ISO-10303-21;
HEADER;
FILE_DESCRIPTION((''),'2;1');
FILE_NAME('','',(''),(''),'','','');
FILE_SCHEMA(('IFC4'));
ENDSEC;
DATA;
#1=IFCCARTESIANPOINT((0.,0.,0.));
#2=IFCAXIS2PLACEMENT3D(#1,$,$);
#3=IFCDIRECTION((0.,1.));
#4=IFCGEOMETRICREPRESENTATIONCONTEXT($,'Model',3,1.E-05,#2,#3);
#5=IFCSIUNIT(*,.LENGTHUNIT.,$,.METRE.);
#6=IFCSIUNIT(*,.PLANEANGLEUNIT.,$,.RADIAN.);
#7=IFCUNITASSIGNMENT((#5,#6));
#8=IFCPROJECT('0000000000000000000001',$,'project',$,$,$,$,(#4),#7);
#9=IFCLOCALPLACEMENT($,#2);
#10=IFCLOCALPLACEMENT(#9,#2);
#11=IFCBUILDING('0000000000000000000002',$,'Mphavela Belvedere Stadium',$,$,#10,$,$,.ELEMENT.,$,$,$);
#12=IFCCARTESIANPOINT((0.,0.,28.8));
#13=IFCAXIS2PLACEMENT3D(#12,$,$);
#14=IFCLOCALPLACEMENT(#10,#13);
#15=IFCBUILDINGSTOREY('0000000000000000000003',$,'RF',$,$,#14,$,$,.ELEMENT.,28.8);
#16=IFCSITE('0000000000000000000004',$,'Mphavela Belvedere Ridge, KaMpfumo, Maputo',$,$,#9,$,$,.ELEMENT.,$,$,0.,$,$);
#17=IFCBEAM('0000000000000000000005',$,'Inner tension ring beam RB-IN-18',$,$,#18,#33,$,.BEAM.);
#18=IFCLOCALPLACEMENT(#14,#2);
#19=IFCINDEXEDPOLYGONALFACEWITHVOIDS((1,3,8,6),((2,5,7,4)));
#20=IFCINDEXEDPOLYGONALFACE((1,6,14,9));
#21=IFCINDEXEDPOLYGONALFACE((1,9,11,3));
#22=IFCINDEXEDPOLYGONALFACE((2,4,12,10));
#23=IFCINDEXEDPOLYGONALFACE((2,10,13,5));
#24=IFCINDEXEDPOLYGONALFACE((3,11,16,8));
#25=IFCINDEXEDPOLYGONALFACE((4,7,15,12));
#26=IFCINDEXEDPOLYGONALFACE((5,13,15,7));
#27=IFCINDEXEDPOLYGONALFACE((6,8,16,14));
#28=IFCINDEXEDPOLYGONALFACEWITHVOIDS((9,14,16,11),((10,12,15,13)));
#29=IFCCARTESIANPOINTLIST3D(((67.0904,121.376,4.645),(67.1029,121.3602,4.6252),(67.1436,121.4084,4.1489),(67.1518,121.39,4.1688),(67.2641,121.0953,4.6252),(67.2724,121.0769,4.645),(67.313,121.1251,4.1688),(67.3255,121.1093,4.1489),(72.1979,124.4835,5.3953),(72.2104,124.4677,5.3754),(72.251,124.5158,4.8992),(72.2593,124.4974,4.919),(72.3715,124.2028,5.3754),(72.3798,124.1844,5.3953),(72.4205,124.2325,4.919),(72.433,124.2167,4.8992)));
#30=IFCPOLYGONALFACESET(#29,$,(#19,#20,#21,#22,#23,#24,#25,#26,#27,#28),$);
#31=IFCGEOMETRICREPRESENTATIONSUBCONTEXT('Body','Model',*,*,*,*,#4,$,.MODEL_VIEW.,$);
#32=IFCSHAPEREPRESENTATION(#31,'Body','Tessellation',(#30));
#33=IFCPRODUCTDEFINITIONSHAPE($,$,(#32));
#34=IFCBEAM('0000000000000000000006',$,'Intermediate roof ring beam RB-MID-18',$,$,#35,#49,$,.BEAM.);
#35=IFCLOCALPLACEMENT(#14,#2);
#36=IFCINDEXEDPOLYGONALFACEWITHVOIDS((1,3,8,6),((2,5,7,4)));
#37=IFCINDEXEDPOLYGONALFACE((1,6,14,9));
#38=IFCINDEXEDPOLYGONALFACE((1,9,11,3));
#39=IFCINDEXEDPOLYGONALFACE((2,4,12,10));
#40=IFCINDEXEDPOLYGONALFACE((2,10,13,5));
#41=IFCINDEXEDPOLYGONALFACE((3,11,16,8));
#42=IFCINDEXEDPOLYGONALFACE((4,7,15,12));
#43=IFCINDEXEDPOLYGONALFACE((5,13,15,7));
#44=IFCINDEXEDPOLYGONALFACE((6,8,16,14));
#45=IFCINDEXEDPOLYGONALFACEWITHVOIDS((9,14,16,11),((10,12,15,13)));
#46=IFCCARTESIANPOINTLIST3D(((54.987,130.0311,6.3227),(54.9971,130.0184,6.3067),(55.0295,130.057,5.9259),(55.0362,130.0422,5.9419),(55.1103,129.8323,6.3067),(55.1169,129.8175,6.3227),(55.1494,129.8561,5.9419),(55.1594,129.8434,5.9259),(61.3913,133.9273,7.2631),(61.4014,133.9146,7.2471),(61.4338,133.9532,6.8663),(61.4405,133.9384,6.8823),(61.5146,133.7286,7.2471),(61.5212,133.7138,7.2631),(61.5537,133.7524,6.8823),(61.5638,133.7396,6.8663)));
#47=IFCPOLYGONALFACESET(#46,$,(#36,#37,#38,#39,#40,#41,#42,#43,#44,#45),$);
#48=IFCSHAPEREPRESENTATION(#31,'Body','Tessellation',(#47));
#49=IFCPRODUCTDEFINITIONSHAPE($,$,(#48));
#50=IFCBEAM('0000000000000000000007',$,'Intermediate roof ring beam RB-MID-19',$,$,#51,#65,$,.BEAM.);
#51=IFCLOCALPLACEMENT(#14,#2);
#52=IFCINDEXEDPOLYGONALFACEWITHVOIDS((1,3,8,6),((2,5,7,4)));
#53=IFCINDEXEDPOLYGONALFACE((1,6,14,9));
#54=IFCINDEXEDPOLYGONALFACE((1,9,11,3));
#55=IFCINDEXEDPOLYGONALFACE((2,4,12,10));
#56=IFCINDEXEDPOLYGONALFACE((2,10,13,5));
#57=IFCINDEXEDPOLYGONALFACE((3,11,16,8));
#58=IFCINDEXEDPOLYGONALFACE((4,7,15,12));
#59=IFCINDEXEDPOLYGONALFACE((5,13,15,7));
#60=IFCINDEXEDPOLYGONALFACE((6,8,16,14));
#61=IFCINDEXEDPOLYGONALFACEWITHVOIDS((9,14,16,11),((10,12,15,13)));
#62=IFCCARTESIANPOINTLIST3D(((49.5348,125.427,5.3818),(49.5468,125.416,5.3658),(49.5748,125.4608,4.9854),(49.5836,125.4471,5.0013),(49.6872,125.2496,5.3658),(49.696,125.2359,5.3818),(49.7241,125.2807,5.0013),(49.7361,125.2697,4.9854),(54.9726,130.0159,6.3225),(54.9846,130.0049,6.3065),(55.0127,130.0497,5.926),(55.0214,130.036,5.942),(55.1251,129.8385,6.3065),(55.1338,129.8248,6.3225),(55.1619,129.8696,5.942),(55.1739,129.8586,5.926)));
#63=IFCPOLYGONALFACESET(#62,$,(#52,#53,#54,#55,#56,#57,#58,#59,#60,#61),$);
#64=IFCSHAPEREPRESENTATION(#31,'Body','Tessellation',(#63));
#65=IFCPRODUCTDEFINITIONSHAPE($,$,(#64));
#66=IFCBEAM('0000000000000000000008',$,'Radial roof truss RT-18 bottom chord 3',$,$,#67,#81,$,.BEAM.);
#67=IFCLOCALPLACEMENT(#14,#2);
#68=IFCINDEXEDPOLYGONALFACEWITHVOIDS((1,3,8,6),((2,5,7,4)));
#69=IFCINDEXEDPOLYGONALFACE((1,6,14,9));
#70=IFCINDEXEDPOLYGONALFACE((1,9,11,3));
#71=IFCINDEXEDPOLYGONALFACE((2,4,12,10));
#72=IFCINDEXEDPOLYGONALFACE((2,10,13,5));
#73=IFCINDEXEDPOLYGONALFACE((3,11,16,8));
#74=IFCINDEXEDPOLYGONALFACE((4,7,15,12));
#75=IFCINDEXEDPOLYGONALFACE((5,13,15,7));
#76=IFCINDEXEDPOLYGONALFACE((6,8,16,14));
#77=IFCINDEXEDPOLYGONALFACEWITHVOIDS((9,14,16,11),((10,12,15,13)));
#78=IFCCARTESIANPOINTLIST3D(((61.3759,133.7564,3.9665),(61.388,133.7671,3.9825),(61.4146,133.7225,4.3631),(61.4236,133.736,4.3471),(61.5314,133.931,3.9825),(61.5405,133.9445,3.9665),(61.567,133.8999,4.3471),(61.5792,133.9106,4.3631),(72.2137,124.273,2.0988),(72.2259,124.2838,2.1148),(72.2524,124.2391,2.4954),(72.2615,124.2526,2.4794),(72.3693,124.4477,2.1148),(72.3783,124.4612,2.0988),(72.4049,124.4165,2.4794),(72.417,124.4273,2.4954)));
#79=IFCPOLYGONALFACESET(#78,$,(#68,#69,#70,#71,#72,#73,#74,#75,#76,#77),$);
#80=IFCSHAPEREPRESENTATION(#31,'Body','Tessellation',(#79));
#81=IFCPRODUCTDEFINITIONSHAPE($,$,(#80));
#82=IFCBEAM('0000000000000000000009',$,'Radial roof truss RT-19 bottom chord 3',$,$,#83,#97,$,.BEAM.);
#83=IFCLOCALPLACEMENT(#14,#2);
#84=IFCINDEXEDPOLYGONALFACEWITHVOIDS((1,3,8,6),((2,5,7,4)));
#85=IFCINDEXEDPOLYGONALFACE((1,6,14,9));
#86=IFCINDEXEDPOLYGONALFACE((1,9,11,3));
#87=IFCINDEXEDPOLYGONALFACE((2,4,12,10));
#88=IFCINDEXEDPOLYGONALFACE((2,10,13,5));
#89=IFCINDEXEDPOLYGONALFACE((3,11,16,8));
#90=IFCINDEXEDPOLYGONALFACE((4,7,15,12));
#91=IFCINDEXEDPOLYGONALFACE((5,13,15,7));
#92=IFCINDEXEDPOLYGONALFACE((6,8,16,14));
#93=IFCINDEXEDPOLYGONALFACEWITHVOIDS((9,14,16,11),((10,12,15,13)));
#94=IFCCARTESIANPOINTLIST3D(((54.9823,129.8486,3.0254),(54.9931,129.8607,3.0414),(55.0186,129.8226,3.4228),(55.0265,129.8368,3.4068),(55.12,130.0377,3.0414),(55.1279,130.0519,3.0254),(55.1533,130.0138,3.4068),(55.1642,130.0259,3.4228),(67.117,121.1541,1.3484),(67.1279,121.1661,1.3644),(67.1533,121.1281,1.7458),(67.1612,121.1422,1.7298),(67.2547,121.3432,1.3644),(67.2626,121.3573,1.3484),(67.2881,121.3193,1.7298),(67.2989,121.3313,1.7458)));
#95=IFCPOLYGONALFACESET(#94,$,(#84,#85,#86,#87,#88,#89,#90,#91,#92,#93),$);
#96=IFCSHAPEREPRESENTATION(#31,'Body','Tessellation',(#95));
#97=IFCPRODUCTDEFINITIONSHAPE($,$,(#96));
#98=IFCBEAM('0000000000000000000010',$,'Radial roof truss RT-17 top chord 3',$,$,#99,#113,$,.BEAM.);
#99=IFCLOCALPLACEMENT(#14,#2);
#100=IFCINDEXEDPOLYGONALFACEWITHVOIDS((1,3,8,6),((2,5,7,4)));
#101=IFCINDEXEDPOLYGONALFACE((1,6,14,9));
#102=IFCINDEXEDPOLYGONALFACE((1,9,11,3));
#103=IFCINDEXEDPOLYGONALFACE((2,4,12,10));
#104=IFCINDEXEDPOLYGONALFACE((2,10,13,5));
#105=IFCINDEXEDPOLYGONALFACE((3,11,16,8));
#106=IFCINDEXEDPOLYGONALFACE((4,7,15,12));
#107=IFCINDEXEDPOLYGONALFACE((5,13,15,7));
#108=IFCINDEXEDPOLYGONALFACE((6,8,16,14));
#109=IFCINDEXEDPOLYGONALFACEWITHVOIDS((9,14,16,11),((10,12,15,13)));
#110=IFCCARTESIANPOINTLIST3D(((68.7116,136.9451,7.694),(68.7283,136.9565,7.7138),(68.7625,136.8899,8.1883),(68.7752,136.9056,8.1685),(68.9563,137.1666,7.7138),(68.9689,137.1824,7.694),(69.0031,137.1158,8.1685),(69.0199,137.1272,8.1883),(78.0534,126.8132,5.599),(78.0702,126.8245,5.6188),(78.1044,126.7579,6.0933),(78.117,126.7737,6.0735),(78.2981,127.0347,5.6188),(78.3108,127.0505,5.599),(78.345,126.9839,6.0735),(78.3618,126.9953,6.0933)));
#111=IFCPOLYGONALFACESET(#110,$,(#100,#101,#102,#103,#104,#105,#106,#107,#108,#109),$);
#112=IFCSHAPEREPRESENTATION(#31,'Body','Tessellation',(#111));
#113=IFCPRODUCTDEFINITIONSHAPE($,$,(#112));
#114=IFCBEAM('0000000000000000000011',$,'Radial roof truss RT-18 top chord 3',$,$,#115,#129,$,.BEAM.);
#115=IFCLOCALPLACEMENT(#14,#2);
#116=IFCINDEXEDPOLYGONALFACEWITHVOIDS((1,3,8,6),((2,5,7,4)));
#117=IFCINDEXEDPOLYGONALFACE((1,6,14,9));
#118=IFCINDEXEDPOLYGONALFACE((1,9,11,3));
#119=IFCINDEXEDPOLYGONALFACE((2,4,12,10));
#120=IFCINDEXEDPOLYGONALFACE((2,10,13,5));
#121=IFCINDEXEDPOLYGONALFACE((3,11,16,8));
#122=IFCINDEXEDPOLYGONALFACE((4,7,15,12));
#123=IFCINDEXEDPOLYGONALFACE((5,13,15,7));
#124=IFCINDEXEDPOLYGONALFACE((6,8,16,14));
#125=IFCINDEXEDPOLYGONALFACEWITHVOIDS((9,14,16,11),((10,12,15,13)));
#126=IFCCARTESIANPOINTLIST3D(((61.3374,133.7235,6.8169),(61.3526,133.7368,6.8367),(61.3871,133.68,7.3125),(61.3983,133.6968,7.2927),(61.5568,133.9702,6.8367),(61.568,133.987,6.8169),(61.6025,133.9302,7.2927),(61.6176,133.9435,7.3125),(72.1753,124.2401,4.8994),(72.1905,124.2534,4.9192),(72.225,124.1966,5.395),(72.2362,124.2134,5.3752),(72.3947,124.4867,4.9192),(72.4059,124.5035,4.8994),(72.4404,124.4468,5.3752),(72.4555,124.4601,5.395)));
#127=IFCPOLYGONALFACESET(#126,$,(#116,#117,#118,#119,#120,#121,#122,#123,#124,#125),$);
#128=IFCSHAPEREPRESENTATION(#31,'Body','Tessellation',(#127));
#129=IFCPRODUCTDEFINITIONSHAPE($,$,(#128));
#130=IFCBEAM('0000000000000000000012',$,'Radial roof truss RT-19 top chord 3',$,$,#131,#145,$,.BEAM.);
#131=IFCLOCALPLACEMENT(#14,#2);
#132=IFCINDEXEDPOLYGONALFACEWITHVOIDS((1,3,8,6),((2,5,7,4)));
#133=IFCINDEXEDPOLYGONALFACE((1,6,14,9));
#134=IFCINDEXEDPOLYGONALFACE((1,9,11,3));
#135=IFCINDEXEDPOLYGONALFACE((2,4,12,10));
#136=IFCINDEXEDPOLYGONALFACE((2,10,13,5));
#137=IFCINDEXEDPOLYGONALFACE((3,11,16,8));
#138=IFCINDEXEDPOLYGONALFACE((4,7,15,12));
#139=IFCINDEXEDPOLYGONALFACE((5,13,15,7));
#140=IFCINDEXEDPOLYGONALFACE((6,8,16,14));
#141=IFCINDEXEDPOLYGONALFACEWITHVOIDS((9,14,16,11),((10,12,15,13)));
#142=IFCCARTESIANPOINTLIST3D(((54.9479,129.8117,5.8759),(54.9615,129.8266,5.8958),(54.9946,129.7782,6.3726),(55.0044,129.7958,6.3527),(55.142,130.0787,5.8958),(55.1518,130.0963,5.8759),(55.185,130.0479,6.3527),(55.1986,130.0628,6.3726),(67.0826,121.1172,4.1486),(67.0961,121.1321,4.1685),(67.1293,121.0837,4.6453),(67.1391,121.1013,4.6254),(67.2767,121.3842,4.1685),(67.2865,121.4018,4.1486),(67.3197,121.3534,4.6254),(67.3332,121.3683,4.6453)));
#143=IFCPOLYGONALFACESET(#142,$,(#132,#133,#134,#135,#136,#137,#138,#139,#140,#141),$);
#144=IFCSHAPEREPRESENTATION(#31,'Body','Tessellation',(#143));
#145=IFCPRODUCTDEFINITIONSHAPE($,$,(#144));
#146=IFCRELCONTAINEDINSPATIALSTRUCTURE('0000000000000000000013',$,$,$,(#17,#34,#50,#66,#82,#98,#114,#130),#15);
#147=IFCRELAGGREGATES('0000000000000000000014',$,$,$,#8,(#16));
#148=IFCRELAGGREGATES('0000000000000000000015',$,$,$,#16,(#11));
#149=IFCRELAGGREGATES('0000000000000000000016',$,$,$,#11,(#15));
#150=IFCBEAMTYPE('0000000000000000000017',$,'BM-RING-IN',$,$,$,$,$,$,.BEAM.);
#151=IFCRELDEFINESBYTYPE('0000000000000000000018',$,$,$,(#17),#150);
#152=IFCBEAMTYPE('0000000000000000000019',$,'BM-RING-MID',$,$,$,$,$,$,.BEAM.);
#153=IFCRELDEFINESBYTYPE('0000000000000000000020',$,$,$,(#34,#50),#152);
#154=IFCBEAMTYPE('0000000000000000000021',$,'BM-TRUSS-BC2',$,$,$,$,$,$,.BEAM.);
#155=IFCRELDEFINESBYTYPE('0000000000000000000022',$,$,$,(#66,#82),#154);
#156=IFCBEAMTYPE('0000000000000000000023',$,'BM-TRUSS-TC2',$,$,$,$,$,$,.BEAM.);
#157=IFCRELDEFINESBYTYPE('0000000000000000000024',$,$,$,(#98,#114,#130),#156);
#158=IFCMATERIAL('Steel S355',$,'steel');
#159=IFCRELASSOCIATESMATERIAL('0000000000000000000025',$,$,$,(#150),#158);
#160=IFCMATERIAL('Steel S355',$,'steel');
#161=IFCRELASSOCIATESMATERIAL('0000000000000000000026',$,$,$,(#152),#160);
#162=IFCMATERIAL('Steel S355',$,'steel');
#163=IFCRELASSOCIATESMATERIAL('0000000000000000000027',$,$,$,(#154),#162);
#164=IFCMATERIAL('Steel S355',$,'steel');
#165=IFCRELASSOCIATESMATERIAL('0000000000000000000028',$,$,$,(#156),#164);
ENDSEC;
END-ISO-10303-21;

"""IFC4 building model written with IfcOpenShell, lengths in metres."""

from ifc_helpers import new_model, si_unit, direction, frame, origin, origin_2d, place, context, subcontext, project, spatial, hollow_rectangle, extrude, material, material_profile, profile_set, type_object, element, save


model = new_model("IFC4")

# Units and contexts
model_context = context("Model", 3, precision=1e-05, world=origin(), true_north=direction((0.0, 1.0)))
body_context = subcontext(model_context, "Body", "Model", "MODEL_VIEW")
ifc_project = project(units=[si_unit("LENGTHUNIT", "METRE"), si_unit("PLANEANGLEUNIT", "RADIAN")], contexts=[model_context])

# Site, building, storey
site_placement = place(None, origin())
site = spatial("IfcSite", under=ifc_project, at=site_placement, Name="Mphavela Belvedere Ridge, KaMpfumo, Maputo", CompositionType="ELEMENT", RefElevation=0.0)
building_placement = place(site_placement, origin())
building = spatial("IfcBuilding", under=site, at=building_placement, Name="Mphavela Belvedere Stadium", CompositionType="ELEMENT")
storey_placement = place(building_placement, frame((0.0, 0.0, 28.8)))
storey = spatial("IfcBuildingStorey", under=building, at=storey_placement, Name="RF", CompositionType="ELEMENT", Elevation=28.8)

# Beams
ifc_material_1 = material(Name="Steel S355", Category="steel")
ifc_material_profile_1 = material_profile(ifc_material_1, hollow_rectangle(XDim=0.3501, YDim=0.5, WallThickness=0.02, at=origin_2d()), Name="RHS 500x350x20")
ifc_profile_set_1 = profile_set([ifc_material_profile_1], Name="Steel S355")
beam_type_1 = type_object("IfcBeamType", Name="BM-RING-IN", PredefinedType="BEAM", material=ifc_profile_set_1)
beam_1_placement = place(storey_placement, frame((72.3154, 124.3501, 5.1472), z_axis=(-0.847657, -0.515726, -0.124515), x_axis=(0.519771, -0.854306, 0.0)))
element("IfcBeam", 1, at=beam_1_placement, inside=storey, type_object=beam_type_1, Name="Inner tension ring beam RB-IN-18", PredefinedType="BEAM", context=body_context, shape_type="SweptSolid", body=[
    extrude(hollow_rectangle(XDim=0.3501, YDim=0.5, WallThickness=0.02, at=origin_2d()), origin(), (0.0, 0.0, 1.0), 6.0254),
])
ifc_material_2 = material(Name="Steel S355", Category="steel")
ifc_material_profile_2 = material_profile(ifc_material_2, hollow_rectangle(XDim=0.25, YDim=0.3999, WallThickness=0.0161, at=origin_2d()), Name="RHS 400x250x16")
ifc_profile_set_2 = profile_set([ifc_material_profile_2], Name="Steel S355")
beam_type_2 = type_object("IfcBeamType", Name="BM-RING-MID", PredefinedType="BEAM", material=ifc_profile_set_2)
beam_2_placement = place(storey_placement, frame((61.4775, 133.8335, 7.0647), z_axis=(-0.847674, -0.515707, -0.124476), x_axis=(0.51975, -0.854319, 0.0)))
element("IfcBeam", 2, at=beam_2_placement, inside=storey, type_object=beam_type_2, Name="Intermediate roof ring beam RB-MID-18", PredefinedType="BEAM", context=body_context, shape_type="SweptSolid", body=[
    extrude(hollow_rectangle(XDim=0.25, YDim=0.3999, WallThickness=0.0161, at=origin_2d()), origin(), (0.0, 0.0, 1.0), 7.5552),
])
beam_3_placement = place(storey_placement, frame((55.0732, 129.9373, 6.1243), z_axis=(-0.757646, -0.639371, -0.131065), x_axis=(0.644934, -0.764238, 0.0)))
element("IfcBeam", 3, at=beam_3_placement, inside=storey, type_object=beam_type_2, Name="Intermediate roof ring beam RB-MID-19", PredefinedType="BEAM", context=body_context, shape_type="SweptSolid", body=[
    extrude(hollow_rectangle(XDim=0.25, YDim=0.3999, WallThickness=0.0161, at=origin_2d()), origin(), (0.0, 0.0, 1.0), 7.1772),
])
ifc_material_3 = material(Name="Steel S355", Category="steel")
ifc_material_profile_3 = material_profile(ifc_material_3, hollow_rectangle(XDim=0.25, YDim=0.3999, WallThickness=0.0161, at=origin_2d()), Name="RHS 400x250x16")
ifc_profile_set_3 = profile_set([ifc_material_profile_3], Name="Steel S355")
beam_type_3 = type_object("IfcBeamType", Name="BM-TRUSS-BC2", PredefinedType="BEAM", material=ifc_profile_set_3)
beam_4_placement = place(storey_placement, frame((61.4775, 133.8335, 4.1648), z_axis=(0.746318, -0.653045, -0.128612), x_axis=(0.658514, 0.752568, 0.0)))
element("IfcBeam", 4, at=beam_4_placement, inside=storey, type_object=beam_type_3, Name="Radial roof truss RT-18 bottom chord 3", PredefinedType="BEAM", context=body_context, shape_type="SweptSolid", body=[
    extrude(hollow_rectangle(XDim=0.25, YDim=0.3999, WallThickness=0.0161, at=origin_2d()), origin(), (0.0, 0.0, 1.0), 14.5217),
])
beam_5_placement = place(storey_placement, frame((55.0732, 129.9373, 3.2241), z_axis=(0.807799, -0.57879, -0.111636), x_axis=(0.58243, 0.812881, 0.0)))
element("IfcBeam", 5, at=beam_5_placement, inside=storey, type_object=beam_type_3, Name="Radial roof truss RT-19 bottom chord 3", PredefinedType="BEAM", context=body_context, shape_type="SweptSolid", body=[
    extrude(hollow_rectangle(XDim=0.25, YDim=0.3999, WallThickness=0.0161, at=origin_2d()), origin(), (0.0, 0.0, 1.0), 15.022),
])
ifc_material_4 = material(Name="Steel S355", Category="steel")
ifc_material_profile_4 = material_profile(ifc_material_4, hollow_rectangle(XDim=0.3501, YDim=0.5, WallThickness=0.02, at=origin_2d()), Name="RHS 500x350x20")
ifc_profile_set_4 = profile_set([ifc_material_profile_4], Name="Steel S355")
beam_type_4 = type_object("IfcBeamType", Name="BM-TRUSS-TC2", PredefinedType="BEAM", material=ifc_profile_set_4)
beam_6_placement = place(storey_placement, frame((68.8657, 137.0361, 7.9412), z_axis=(0.670163, -0.726839, -0.150289), x_axis=(0.735189, 0.677862, 0.0)))
element("IfcBeam", 6, at=beam_6_placement, inside=storey, type_object=beam_type_4, Name="Radial roof truss RT-17 top chord 3", PredefinedType="BEAM", context=body_context, shape_type="SweptSolid", body=[
    extrude(hollow_rectangle(XDim=0.3501, YDim=0.5, WallThickness=0.02, at=origin_2d()), origin(), (0.0, 0.0, 1.0), 13.9397),
])
beam_7_placement = place(storey_placement, frame((61.4775, 133.8335, 7.0647), z_axis=(0.745985, -0.652754, -0.131982), x_axis=(0.658514, 0.752568, 0.0)))
element("IfcBeam", 7, at=beam_7_placement, inside=storey, type_object=beam_type_4, Name="Radial roof truss RT-18 top chord 3", PredefinedType="BEAM", context=body_context, shape_type="SweptSolid", body=[
    extrude(hollow_rectangle(XDim=0.3501, YDim=0.5, WallThickness=0.02, at=origin_2d()), origin(), (0.0, 0.0, 1.0), 14.5283),
])
beam_8_placement = place(storey_placement, frame((55.0732, 129.9373, 6.1243), z_axis=(0.807493, -0.57857, -0.114941), x_axis=(0.58243, 0.812881, 0.0)))
element("IfcBeam", 8, at=beam_8_placement, inside=storey, type_object=beam_type_4, Name="Radial roof truss RT-19 top chord 3", PredefinedType="BEAM", context=body_context, shape_type="SweptSolid", body=[
    extrude(hollow_rectangle(XDim=0.3501, YDim=0.5, WallThickness=0.02, at=origin_2d()), origin(), (0.0, 0.0, 1.0), 15.0276),
])

save(model, "model.ifc")
